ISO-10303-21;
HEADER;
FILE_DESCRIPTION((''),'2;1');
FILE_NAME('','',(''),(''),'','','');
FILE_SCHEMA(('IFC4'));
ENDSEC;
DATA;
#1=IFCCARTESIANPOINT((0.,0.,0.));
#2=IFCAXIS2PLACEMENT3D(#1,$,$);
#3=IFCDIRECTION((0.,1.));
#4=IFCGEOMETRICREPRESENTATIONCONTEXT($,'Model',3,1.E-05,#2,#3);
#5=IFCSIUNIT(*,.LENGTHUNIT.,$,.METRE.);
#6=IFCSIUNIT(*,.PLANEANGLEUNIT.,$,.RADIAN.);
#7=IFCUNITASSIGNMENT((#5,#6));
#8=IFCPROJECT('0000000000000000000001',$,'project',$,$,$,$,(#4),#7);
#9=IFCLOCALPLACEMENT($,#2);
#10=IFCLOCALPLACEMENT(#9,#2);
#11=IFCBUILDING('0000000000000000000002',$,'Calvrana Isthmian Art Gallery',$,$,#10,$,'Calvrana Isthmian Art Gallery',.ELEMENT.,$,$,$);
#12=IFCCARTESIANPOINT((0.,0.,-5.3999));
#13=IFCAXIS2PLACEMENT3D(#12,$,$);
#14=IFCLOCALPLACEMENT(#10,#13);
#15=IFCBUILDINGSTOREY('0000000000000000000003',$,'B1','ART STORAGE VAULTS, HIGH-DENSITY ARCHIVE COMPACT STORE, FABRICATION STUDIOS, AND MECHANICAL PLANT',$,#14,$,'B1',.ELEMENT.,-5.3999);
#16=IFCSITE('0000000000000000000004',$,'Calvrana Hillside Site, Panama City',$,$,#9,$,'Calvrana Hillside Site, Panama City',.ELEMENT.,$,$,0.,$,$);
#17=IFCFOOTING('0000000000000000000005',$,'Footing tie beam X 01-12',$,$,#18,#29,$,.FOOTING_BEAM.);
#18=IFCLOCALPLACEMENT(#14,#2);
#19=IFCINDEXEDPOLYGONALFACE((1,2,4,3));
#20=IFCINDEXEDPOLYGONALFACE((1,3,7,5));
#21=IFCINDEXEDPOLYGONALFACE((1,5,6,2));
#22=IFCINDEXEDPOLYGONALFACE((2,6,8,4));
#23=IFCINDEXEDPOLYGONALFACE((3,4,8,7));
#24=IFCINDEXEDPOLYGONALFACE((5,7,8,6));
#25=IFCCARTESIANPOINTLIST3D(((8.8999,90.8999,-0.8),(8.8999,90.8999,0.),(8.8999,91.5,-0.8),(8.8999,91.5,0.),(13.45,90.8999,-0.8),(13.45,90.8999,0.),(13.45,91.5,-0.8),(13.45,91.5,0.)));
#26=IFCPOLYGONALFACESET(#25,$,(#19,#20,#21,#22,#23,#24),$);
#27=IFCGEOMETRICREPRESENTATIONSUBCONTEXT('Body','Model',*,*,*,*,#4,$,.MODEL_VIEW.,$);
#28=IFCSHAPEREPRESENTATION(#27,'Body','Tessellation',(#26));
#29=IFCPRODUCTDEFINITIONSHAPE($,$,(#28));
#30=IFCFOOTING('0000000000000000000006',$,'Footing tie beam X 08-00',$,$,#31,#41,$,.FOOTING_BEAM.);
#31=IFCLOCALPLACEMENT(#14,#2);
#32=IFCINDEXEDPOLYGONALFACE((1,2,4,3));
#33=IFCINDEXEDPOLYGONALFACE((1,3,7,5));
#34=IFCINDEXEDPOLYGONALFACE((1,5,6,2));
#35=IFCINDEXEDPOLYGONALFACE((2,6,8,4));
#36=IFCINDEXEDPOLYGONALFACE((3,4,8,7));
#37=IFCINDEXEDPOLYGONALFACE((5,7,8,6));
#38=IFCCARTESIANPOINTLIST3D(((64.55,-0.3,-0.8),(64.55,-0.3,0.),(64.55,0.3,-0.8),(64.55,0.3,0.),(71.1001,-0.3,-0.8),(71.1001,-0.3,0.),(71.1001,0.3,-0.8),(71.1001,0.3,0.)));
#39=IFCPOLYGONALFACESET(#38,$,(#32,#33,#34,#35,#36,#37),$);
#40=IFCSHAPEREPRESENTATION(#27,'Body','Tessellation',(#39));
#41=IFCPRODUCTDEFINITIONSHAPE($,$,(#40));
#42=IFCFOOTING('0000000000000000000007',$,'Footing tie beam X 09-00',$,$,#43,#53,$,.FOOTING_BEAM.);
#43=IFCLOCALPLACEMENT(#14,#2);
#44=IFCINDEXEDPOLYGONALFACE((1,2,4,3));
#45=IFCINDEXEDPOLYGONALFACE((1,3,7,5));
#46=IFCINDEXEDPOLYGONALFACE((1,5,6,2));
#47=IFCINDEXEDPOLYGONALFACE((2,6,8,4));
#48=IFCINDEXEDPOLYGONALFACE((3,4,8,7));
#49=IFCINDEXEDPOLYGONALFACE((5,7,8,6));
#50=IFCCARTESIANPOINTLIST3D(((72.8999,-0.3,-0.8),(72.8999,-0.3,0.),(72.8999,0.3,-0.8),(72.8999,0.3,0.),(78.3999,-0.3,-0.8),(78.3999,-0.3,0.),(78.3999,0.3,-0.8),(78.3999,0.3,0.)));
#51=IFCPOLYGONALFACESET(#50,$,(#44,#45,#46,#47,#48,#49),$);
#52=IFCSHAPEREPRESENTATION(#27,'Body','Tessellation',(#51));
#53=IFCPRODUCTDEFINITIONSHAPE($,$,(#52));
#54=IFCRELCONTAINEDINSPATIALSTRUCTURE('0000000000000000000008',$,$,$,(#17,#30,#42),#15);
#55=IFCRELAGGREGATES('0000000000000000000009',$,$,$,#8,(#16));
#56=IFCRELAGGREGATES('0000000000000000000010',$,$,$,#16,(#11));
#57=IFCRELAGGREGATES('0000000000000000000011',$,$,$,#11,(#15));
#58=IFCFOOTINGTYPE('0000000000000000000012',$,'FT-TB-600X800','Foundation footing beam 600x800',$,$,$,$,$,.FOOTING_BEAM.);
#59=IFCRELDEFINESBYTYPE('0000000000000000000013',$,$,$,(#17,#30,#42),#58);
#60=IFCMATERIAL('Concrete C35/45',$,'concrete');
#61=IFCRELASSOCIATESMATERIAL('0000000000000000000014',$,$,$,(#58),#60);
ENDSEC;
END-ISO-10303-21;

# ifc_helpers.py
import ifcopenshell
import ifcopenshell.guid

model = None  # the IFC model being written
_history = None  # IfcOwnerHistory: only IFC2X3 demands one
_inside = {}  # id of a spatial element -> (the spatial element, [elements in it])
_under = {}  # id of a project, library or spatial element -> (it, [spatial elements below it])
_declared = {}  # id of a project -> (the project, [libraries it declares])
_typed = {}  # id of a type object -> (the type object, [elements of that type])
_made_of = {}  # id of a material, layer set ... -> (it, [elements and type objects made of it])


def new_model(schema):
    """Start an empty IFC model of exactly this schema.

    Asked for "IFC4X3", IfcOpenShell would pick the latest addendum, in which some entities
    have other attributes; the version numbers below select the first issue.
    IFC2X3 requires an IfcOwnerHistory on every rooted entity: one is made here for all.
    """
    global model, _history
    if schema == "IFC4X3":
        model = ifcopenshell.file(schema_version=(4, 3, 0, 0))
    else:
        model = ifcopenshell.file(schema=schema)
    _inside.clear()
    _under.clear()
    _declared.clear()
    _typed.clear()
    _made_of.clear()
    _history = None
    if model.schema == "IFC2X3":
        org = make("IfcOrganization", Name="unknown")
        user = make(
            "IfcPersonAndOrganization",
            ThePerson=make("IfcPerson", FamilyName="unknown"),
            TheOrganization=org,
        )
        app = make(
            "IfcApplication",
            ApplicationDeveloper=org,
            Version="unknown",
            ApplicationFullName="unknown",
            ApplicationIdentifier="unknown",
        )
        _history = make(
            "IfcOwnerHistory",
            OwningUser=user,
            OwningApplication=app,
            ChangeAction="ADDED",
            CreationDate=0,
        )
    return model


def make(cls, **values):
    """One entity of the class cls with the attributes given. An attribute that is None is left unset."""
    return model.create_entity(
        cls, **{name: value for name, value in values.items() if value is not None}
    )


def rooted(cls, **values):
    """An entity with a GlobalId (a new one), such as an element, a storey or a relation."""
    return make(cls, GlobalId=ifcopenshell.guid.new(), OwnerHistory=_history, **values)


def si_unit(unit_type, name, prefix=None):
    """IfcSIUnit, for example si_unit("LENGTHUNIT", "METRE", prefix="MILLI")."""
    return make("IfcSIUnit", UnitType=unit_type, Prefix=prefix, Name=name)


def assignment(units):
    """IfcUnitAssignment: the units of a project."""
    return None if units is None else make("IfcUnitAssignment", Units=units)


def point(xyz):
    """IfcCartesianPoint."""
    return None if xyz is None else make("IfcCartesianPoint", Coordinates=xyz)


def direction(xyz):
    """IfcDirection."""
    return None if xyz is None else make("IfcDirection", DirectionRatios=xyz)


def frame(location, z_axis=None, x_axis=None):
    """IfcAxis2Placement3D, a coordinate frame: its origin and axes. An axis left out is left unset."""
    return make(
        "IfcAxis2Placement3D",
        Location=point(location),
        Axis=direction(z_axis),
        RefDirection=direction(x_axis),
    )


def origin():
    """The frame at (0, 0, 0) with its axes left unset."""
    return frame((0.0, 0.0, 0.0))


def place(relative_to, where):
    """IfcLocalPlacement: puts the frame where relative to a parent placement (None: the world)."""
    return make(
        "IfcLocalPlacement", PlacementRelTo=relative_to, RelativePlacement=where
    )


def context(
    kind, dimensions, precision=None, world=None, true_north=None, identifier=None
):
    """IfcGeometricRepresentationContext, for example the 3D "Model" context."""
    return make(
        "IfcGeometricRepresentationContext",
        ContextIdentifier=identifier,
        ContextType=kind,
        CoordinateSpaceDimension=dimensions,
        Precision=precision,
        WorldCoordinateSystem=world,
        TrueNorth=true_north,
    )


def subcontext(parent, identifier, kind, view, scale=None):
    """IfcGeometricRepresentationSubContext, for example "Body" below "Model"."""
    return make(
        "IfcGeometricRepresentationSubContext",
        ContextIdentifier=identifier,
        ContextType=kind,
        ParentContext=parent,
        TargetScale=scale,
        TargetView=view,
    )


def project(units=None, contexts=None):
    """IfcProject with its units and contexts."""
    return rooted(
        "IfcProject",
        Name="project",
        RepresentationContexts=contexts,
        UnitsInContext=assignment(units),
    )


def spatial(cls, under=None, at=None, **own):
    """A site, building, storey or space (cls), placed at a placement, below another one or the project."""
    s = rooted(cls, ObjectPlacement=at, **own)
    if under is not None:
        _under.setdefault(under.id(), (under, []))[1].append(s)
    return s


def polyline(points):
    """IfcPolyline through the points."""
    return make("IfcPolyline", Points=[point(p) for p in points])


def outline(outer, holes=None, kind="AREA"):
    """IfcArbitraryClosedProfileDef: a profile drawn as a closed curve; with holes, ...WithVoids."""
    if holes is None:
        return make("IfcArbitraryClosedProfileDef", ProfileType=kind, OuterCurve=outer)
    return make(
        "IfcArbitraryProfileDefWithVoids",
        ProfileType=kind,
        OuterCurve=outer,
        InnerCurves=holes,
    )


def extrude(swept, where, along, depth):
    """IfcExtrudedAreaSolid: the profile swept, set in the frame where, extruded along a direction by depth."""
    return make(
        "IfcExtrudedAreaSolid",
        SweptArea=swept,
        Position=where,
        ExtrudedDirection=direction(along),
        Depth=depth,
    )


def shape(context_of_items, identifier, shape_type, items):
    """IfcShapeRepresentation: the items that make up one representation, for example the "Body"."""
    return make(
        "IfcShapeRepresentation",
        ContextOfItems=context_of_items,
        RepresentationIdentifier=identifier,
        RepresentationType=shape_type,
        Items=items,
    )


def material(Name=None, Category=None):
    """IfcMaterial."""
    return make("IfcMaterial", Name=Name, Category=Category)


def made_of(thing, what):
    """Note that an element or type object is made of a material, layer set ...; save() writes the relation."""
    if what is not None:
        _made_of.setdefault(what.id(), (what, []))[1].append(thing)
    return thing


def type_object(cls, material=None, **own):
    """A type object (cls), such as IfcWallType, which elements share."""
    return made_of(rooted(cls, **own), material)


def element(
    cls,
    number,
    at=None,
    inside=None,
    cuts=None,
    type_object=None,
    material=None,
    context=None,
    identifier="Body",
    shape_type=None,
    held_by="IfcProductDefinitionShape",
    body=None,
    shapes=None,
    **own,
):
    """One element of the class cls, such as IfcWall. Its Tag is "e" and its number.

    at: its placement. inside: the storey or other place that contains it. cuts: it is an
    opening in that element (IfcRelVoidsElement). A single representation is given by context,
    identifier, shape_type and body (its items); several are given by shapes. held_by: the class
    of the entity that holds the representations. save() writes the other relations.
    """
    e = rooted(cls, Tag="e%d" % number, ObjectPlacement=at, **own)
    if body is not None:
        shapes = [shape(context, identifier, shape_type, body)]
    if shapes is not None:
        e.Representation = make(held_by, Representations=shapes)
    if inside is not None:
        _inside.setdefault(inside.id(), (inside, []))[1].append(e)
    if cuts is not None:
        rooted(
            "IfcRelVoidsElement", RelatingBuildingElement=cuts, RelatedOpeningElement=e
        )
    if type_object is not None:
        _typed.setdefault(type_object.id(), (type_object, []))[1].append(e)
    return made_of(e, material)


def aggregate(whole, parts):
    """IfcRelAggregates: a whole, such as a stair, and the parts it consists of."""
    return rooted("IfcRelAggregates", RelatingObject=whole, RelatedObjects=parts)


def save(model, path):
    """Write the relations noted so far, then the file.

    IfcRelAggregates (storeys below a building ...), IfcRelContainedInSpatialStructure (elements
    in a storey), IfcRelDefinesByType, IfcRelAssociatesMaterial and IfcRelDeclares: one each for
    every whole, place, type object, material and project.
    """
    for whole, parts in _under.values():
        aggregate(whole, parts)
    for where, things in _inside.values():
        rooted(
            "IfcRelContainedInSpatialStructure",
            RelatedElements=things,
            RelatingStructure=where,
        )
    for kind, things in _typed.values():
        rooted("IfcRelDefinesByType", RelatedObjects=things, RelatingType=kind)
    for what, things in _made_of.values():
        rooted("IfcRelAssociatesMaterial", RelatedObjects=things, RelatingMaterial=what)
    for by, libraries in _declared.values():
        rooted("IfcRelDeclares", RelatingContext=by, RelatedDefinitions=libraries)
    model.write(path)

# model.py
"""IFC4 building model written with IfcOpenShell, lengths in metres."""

from ifc_helpers import new_model, si_unit, direction, frame, origin, place, context, subcontext, project, spatial, polyline, outline, extrude, material, type_object, element, save


model = new_model("IFC4")

# Units and contexts
model_context = context("Model", 3, precision=1e-05, world=origin(), true_north=direction((0.0, 1.0)))
body_context = subcontext(model_context, "Body", "Model", "MODEL_VIEW")
ifc_project = project(units=[si_unit("LENGTHUNIT", "METRE"), si_unit("PLANEANGLEUNIT", "RADIAN")], contexts=[model_context])

# Site, building, storey
site_placement = place(None, origin())
site = spatial("IfcSite", under=ifc_project, at=site_placement, Name="Calvrana Hillside Site, Panama City", LongName="Calvrana Hillside Site, Panama City", CompositionType="ELEMENT", RefElevation=0.0)
building_placement = place(site_placement, origin())
building = spatial("IfcBuilding", under=site, at=building_placement, Name="Calvrana Isthmian Art Gallery", LongName="Calvrana Isthmian Art Gallery", CompositionType="ELEMENT")
storey_placement = place(building_placement, frame((0.0, 0.0, -5.3999)))
storey = spatial("IfcBuildingStorey", under=building, at=storey_placement, Name="B1", Description="ART STORAGE VAULTS, HIGH-DENSITY ARCHIVE COMPACT STORE, FABRICATION STUDIOS, AND MECHANICAL PLANT", LongName="B1", CompositionType="ELEMENT", Elevation=-5.3999)

# Footings
ifc_material = material(Name="Concrete C35/45", Category="concrete")
footing_type_1 = type_object("IfcFootingType", Name="FT-TB-600X800", Description="Foundation footing beam 600x800", PredefinedType="FOOTING_BEAM", material=ifc_material)
footing_1_placement = place(storey_placement, frame((0.0, 0.0, -0.8)))
element("IfcFooting", 1, at=footing_1_placement, inside=storey, type_object=footing_type_1, Name="Footing tie beam X 01-12", PredefinedType="FOOTING_BEAM", context=body_context, shape_type="SweptSolid", body=[
    extrude(outline(polyline([(8.8999, 90.8999), (13.45, 90.8999), (13.45, 91.5), (8.8999, 91.5), (8.8999, 90.8999)])), origin(), (0.0, 0.0, 1.0), 0.8),
])
footing_2_placement = place(storey_placement, frame((0.0, 0.0, -0.8)))
element("IfcFooting", 2, at=footing_2_placement, inside=storey, type_object=footing_type_1, Name="Footing tie beam X 08-00", PredefinedType="FOOTING_BEAM", context=body_context, shape_type="SweptSolid", body=[
    extrude(outline(polyline([(64.55, -0.3), (71.1001, -0.3), (71.1001, 0.3), (64.55, 0.3), (64.55, -0.3)])), origin(), (0.0, 0.0, 1.0), 0.8),
])
footing_3_placement = place(storey_placement, frame((0.0, 0.0, -0.8)))
element("IfcFooting", 3, at=footing_3_placement, inside=storey, type_object=footing_type_1, Name="Footing tie beam X 09-00", PredefinedType="FOOTING_BEAM", context=body_context, shape_type="SweptSolid", body=[
    extrude(outline(polyline([(72.8999, -0.3), (78.3999, -0.3), (78.3999, 0.3), (72.8999, 0.3), (72.8999, -0.3)])), origin(), (0.0, 0.0, 1.0), 0.8),
])

save(model, "model.ifc")
